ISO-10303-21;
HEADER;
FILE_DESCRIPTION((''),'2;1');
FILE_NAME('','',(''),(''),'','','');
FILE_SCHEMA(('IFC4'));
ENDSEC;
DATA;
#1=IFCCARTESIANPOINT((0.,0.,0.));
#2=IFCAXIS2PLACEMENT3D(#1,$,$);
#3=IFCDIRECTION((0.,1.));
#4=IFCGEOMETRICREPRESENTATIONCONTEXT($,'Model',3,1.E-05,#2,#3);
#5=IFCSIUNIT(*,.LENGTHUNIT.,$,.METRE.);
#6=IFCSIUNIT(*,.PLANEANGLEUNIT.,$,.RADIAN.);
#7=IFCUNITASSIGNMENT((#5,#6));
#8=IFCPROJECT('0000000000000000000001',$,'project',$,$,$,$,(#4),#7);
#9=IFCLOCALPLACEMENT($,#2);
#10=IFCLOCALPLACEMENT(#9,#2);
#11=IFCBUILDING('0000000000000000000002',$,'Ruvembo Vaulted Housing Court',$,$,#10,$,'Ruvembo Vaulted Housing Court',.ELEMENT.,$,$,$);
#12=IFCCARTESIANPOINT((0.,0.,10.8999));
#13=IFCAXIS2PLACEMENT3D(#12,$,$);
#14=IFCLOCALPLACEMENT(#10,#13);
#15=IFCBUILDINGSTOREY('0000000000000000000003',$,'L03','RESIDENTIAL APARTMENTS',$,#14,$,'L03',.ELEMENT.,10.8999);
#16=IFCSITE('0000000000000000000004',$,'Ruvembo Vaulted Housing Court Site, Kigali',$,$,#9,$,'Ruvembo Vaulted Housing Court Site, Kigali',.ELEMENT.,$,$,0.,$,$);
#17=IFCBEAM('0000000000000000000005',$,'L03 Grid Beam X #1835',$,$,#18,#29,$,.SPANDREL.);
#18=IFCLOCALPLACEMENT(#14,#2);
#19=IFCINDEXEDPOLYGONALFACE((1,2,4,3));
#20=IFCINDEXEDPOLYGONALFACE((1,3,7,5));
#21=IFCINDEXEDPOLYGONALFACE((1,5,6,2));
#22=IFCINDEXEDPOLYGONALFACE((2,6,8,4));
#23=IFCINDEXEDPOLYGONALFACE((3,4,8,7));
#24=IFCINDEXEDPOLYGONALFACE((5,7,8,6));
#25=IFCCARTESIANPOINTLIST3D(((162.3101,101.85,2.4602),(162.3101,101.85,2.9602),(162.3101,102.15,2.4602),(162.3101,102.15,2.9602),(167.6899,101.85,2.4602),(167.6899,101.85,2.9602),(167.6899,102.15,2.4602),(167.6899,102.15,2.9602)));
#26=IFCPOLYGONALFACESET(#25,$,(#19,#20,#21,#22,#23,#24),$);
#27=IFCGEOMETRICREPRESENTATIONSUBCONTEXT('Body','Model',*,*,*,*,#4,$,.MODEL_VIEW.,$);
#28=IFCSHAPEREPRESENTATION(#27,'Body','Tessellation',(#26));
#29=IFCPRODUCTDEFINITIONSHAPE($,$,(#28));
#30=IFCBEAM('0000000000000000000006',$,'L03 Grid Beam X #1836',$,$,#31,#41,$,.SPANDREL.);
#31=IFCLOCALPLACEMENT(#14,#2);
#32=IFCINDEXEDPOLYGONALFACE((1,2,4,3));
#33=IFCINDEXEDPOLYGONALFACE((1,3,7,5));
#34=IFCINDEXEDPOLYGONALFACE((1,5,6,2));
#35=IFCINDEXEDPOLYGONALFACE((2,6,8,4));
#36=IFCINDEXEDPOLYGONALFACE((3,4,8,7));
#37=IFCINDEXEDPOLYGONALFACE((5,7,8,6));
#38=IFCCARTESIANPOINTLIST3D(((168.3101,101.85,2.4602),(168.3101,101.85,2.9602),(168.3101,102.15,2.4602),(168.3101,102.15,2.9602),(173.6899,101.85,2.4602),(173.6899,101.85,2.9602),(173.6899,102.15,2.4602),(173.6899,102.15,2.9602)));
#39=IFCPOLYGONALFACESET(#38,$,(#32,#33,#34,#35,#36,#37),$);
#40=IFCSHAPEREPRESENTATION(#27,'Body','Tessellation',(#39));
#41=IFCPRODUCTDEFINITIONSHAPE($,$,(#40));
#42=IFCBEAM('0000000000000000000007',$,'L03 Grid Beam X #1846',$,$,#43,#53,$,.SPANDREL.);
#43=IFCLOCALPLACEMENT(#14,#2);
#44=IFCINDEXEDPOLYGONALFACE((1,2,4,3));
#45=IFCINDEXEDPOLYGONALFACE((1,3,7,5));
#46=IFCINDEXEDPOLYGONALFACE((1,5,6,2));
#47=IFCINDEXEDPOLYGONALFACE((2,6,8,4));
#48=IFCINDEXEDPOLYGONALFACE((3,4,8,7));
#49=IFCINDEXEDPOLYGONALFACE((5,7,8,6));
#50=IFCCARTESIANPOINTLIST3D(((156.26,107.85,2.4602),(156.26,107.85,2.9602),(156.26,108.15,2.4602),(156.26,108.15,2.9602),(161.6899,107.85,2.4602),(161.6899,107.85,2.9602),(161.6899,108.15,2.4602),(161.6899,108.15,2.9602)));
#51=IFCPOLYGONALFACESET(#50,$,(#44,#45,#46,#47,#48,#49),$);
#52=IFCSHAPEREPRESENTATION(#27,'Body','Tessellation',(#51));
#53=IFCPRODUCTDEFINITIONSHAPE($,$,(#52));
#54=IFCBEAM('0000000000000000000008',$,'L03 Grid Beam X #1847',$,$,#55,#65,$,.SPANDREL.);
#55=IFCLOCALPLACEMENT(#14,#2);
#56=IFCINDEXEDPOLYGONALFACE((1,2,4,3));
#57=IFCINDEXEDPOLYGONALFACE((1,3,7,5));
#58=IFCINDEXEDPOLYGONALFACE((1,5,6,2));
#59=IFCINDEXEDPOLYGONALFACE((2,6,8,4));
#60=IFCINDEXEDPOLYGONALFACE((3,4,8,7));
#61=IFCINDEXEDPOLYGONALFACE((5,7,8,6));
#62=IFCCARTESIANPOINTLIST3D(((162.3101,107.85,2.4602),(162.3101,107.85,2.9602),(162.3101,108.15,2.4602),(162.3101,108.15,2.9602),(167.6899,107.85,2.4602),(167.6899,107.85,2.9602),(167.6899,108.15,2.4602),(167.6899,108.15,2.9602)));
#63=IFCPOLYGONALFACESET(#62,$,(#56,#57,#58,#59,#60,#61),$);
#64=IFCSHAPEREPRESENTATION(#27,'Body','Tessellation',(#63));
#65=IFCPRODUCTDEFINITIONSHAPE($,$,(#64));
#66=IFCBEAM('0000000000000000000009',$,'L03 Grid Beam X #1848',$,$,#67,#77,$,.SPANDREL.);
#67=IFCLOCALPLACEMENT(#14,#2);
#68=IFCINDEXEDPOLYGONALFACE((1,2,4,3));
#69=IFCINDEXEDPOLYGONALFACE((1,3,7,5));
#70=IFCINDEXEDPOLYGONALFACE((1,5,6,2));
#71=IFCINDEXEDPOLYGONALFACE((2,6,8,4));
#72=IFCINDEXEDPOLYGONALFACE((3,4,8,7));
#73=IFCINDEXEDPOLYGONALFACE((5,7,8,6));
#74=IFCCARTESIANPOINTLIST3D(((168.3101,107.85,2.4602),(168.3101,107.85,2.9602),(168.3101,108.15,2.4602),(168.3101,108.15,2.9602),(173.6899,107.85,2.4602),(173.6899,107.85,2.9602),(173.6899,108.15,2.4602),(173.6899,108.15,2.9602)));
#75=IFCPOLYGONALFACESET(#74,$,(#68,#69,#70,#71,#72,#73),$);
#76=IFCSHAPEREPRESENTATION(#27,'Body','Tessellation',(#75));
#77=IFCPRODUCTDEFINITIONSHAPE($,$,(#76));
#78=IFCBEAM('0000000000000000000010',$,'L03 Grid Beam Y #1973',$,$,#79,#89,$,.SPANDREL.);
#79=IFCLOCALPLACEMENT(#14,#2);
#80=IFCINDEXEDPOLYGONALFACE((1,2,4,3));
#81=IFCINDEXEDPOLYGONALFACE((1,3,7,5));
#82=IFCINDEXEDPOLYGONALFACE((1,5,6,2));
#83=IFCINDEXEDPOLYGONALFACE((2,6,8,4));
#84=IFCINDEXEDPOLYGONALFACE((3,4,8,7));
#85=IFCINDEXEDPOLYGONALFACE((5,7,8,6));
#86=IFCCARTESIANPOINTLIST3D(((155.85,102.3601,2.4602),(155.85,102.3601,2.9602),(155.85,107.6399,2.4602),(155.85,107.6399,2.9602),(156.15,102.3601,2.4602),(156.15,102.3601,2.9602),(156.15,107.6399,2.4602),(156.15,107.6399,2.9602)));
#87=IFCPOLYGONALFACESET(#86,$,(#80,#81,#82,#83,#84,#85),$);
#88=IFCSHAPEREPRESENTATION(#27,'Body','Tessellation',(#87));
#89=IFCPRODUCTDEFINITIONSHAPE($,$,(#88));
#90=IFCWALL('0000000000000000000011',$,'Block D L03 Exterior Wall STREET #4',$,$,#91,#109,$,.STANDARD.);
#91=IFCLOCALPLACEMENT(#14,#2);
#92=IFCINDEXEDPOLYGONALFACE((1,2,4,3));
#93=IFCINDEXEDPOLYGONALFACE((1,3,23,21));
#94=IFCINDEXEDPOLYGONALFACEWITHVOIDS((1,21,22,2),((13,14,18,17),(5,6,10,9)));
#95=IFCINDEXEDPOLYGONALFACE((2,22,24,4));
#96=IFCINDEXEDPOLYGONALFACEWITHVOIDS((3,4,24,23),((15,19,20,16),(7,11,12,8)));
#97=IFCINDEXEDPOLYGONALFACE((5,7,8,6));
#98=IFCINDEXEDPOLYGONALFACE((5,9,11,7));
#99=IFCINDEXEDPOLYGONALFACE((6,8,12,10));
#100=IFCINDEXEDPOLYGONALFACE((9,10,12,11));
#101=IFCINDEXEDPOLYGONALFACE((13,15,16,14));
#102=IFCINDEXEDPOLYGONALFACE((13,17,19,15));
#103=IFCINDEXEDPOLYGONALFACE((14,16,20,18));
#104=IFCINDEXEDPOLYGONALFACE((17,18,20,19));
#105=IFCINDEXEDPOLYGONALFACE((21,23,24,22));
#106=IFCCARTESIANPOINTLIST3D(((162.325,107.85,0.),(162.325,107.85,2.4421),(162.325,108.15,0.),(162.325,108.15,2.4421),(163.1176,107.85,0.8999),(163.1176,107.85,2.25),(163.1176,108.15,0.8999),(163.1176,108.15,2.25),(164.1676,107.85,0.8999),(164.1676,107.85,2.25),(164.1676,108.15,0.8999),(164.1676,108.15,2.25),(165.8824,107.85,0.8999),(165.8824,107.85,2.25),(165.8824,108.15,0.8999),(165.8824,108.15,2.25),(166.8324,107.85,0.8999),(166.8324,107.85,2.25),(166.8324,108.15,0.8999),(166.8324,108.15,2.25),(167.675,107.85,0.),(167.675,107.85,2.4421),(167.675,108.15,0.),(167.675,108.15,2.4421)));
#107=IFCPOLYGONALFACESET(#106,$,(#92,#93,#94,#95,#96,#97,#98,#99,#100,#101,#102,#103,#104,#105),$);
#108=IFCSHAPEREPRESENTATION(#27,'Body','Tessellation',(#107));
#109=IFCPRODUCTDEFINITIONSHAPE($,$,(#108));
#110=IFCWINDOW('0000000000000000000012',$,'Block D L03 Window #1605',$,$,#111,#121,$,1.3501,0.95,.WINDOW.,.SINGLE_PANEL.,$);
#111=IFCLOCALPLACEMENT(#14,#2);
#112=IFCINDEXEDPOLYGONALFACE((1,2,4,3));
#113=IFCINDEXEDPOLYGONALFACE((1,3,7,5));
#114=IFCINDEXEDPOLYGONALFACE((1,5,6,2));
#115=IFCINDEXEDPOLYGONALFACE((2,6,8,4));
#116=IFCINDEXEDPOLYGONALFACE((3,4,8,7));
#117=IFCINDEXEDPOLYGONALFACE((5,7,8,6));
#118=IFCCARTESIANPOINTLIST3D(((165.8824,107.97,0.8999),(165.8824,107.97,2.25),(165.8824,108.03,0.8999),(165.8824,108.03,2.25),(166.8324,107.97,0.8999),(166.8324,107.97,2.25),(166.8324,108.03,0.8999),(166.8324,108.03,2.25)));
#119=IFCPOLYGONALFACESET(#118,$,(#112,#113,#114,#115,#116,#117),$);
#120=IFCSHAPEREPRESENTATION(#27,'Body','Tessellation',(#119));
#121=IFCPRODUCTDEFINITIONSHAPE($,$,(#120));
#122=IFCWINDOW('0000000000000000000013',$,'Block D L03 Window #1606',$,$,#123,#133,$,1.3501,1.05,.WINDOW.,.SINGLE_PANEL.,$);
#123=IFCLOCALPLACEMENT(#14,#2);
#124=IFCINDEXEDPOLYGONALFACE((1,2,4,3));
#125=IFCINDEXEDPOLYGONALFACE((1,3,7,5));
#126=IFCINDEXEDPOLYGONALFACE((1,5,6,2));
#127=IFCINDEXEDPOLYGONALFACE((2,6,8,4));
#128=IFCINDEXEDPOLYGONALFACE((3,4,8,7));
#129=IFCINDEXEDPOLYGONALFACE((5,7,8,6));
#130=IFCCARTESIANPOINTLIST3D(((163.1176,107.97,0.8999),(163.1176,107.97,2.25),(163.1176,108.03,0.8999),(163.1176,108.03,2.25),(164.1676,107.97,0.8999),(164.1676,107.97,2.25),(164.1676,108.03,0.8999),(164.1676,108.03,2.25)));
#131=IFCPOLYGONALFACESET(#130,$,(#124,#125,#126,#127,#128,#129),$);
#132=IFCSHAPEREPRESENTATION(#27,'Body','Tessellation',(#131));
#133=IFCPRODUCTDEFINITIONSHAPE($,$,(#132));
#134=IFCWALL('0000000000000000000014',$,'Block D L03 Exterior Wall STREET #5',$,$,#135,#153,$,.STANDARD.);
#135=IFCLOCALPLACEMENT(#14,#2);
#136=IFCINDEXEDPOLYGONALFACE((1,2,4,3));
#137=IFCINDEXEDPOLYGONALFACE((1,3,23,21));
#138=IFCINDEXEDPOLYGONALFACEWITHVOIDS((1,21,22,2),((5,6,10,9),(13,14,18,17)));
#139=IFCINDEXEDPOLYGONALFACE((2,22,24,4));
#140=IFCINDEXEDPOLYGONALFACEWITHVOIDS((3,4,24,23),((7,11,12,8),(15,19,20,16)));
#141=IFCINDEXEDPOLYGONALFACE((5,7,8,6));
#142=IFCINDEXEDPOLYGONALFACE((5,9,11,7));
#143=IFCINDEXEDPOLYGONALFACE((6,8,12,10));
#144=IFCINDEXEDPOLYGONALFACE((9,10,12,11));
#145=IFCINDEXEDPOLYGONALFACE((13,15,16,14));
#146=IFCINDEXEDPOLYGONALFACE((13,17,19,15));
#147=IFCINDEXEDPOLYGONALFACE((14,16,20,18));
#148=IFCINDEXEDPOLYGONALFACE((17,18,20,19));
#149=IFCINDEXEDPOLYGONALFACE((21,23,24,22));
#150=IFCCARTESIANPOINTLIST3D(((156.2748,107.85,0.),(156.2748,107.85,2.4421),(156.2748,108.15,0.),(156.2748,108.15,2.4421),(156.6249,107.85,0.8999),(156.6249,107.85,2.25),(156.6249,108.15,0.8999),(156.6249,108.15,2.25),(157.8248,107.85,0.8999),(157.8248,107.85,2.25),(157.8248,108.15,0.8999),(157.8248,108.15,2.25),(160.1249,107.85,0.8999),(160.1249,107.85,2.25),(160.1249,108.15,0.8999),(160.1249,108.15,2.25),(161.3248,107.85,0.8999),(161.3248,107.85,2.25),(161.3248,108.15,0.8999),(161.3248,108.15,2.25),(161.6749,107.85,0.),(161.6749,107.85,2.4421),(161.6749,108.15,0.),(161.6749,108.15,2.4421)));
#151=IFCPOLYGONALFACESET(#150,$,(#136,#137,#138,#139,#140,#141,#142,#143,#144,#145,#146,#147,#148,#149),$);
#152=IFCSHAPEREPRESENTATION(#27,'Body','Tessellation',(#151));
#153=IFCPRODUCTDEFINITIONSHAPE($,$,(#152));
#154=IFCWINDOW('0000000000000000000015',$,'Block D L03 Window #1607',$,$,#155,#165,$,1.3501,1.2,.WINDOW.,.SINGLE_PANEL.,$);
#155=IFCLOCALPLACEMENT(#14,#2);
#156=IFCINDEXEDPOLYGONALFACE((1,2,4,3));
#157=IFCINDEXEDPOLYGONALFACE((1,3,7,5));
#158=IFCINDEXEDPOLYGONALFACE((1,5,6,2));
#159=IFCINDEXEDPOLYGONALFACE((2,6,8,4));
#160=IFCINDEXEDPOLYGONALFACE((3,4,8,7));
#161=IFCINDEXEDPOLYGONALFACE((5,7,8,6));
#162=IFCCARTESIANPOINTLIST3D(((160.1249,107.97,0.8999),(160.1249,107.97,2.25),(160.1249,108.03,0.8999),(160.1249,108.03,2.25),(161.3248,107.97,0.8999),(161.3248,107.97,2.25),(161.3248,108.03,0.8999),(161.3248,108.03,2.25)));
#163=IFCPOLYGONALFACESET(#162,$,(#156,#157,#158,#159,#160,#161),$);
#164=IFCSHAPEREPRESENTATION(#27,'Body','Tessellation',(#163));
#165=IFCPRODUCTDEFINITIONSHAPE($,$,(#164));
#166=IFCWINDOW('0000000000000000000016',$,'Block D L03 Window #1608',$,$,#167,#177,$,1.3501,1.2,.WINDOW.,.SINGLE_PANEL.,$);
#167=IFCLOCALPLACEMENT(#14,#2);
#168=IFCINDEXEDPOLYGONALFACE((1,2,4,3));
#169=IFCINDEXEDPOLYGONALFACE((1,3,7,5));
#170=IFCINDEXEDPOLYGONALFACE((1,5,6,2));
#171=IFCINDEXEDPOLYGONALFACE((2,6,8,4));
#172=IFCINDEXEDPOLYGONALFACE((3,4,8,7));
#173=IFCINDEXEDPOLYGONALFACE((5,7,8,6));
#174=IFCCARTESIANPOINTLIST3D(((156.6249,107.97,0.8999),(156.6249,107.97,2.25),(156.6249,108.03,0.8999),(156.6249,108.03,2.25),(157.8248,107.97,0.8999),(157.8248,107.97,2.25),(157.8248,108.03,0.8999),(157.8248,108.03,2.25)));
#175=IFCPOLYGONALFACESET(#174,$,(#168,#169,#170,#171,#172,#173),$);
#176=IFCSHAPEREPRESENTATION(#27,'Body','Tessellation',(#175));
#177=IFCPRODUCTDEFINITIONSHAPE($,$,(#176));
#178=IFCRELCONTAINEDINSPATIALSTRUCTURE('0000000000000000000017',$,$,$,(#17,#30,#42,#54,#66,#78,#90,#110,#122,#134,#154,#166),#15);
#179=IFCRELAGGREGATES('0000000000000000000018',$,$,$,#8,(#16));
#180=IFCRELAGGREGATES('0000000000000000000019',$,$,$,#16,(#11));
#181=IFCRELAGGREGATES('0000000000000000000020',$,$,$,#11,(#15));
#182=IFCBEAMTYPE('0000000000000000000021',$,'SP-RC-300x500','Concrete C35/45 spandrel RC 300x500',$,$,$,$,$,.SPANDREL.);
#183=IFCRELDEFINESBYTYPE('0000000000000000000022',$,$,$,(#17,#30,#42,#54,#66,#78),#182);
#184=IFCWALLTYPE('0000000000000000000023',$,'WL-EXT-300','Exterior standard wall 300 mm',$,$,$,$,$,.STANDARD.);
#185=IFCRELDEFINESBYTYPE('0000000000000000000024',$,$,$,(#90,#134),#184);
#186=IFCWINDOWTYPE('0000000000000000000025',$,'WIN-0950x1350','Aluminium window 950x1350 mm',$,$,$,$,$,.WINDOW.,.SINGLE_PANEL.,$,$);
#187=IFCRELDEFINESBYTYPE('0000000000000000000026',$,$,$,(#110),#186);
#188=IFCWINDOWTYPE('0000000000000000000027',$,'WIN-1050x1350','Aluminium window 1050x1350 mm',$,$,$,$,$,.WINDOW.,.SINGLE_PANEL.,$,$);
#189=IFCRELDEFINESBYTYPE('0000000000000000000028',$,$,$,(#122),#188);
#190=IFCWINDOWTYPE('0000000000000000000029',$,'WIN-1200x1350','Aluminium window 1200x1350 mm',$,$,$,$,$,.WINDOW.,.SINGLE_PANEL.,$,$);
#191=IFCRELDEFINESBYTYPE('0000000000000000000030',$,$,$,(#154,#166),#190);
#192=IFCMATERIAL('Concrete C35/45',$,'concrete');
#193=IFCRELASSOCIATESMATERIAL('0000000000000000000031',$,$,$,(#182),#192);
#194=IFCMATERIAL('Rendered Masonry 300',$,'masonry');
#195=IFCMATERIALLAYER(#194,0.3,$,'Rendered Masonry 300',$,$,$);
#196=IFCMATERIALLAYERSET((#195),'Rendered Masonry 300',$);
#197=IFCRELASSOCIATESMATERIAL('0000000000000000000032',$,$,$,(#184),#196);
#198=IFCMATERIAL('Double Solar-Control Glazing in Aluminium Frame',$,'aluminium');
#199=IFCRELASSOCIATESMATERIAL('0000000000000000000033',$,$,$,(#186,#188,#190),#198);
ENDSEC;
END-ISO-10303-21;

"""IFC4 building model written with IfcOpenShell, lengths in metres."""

from ifc_helpers import new_model, si_unit, direction, frame, frame_2d, origin, origin_2d, place, context, subcontext, project, spatial, rectangle, extrude, material, layer, layer_set, material_profile, profile_set, type_object, element, fill, save


model = new_model("IFC4")

# Units and contexts
model_context = context("Model", 3, precision=1e-05, world=origin(), true_north=direction((0.0, 1.0)))
body_context = subcontext(model_context, "Body", "Model", "MODEL_VIEW")
ifc_project = project(units=[si_unit("LENGTHUNIT", "METRE"), si_unit("PLANEANGLEUNIT", "RADIAN")], contexts=[model_context])

# Site, building, storey
site_placement = place(None, origin())
site = spatial("IfcSite", under=ifc_project, at=site_placement, Name="Ruvembo Vaulted Housing Court Site, Kigali", LongName="Ruvembo Vaulted Housing Court Site, Kigali", CompositionType="ELEMENT", RefElevation=0.0)
building_placement = place(site_placement, origin())
building = spatial("IfcBuilding", under=site, at=building_placement, Name="Ruvembo Vaulted Housing Court", LongName="Ruvembo Vaulted Housing Court", CompositionType="ELEMENT")
storey_placement = place(building_placement, frame((0.0, 0.0, 10.8999)))
storey = spatial("IfcBuildingStorey", under=building, at=storey_placement, Name="L03", Description="RESIDENTIAL APARTMENTS", LongName="L03", CompositionType="ELEMENT", Elevation=10.8999)

# Beams
ifc_material_1 = material(Name="Concrete C35/45", Category="concrete")
ifc_material_profile_1 = material_profile(ifc_material_1, rectangle(XDim=0.3, YDim=0.5, at=origin_2d()), Name="RC 300x500")
ifc_profile_set_1 = profile_set([ifc_material_profile_1], Name="Concrete C35/45")
beam_type_1 = type_object("IfcBeamType", Name="SP-RC-300x500", Description="Concrete C35/45 spandrel RC 300x500", PredefinedType="SPANDREL", material=ifc_profile_set_1)
for number, where, z_axis, x_axis, name in (
    (1, (162.3101, 102.0, 2.7102), (1.0, 0.0, 0.0), (0.0, 1.0, 0.0), "L03 Grid Beam X #1835"),
    (2, (168.3101, 102.0, 2.7102), (1.0, 0.0, 0.0), (0.0, 1.0, 0.0), "L03 Grid Beam X #1836"),
):
    element("IfcBeam", number, at=place(storey_placement, frame(where, z_axis=z_axis, x_axis=x_axis)), inside=storey, type_object=beam_type_1, Name=name, PredefinedType="SPANDREL", context=body_context, shape_type="SweptSolid", body=[
        extrude(rectangle(XDim=0.3, YDim=0.5, at=origin_2d()), origin(), (0.0, 0.0, 1.0), 5.3799),
    ])
beam_1_placement = place(storey_placement, frame((156.26, 108.0, 2.7102), z_axis=(1.0, 0.0, 0.0), x_axis=(0.0, 1.0, 0.0)))
element("IfcBeam", 3, at=beam_1_placement, inside=storey, type_object=beam_type_1, Name="L03 Grid Beam X #1846", PredefinedType="SPANDREL", context=body_context, shape_type="SweptSolid", body=[
    extrude(rectangle(XDim=0.3, YDim=0.5, at=origin_2d()), origin(), (0.0, 0.0, 1.0), 5.4299),
])
for number, where, z_axis, x_axis, name in (
    (4, (162.3101, 108.0, 2.7102), (1.0, 0.0, 0.0), (0.0, 1.0, 0.0), "L03 Grid Beam X #1847"),
    (5, (168.3101, 108.0, 2.7102), (1.0, 0.0, 0.0), (0.0, 1.0, 0.0), "L03 Grid Beam X #1848"),
):
    element("IfcBeam", number, at=place(storey_placement, frame(where, z_axis=z_axis, x_axis=x_axis)), inside=storey, type_object=beam_type_1, Name=name, PredefinedType="SPANDREL", context=body_context, shape_type="SweptSolid", body=[
        extrude(rectangle(XDim=0.3, YDim=0.5, at=origin_2d()), origin(), (0.0, 0.0, 1.0), 5.3799),
    ])
beam_2_placement = place(storey_placement, frame((156.0, 102.3601, 2.7102), z_axis=(0.0, 1.0, 0.0), x_axis=(-1.0, 0.0, 0.0)))
element("IfcBeam", 6, at=beam_2_placement, inside=storey, type_object=beam_type_1, Name="L03 Grid Beam Y #1973", PredefinedType="SPANDREL", context=body_context, shape_type="SweptSolid", body=[
    extrude(rectangle(XDim=0.3, YDim=0.5, at=origin_2d()), origin(), (0.0, 0.0, 1.0), 5.2798),
])

# Walls, openings, windows
ifc_material_2 = material(Name="Rendered Masonry 300", Category="masonry")
ifc_layer_1 = layer(ifc_material_2, 0.3, Name="Rendered Masonry 300")
ifc_layer_set_1 = layer_set([ifc_layer_1], Name="Rendered Masonry 300")
wall_type_1 = type_object("IfcWallType", Name="WL-EXT-300", Description="Exterior standard wall 300 mm", PredefinedType="STANDARD", material=ifc_layer_set_1)
wall_1_placement = place(storey_placement, frame((167.675, 108.0, 0.0), z_axis=(0.0, 0.0, 1.0), x_axis=(-1.0, 0.0, 0.0)))
wall_1 = element("IfcWall", 7, at=wall_1_placement, inside=storey, type_object=wall_type_1, Name="Block D L03 Exterior Wall STREET #4", PredefinedType="STANDARD", context=body_context, shape_type="SweptSolid", body=[
    extrude(rectangle(XDim=5.3501, YDim=0.3, at=frame_2d((2.675, 0.0))), origin(), (0.0, 0.0, 1.0), 2.4421),
])
opening_1_placement = place(wall_1_placement, frame((0.8425, 0.0, 0.8999)))
opening_1 = element("IfcOpeningElement", 8, at=opening_1_placement, cuts=wall_1, PredefinedType="OPENING", context=body_context, shape_type="SweptSolid", body=[
    extrude(rectangle(XDim=0.95, YDim=1.3501, at=frame_2d((0.4751, 0.675))), frame((0.0, 0.1599, 0.0), z_axis=(0.0, -1.0, 0.0), x_axis=(1.0, 0.0, 0.0)), (0.0, 0.0, 1.0), 0.3201),
])
opening_2_placement = place(wall_1_placement, frame((3.5076, 0.0, 0.8999)))
opening_2 = element("IfcOpeningElement", 9, at=opening_2_placement, cuts=wall_1, PredefinedType="OPENING", context=body_context, shape_type="SweptSolid", body=[
    extrude(rectangle(XDim=1.05, YDim=1.3501, at=frame_2d((0.5249, 0.675))), frame((0.0, 0.1599, 0.0), z_axis=(0.0, -1.0, 0.0), x_axis=(1.0, 0.0, 0.0)), (0.0, 0.0, 1.0), 0.3201),
])
ifc_material_3 = material(Name="Double Solar-Control Glazing in Aluminium Frame", Category="aluminium")
window_type_1 = type_object("IfcWindowType", Name="WIN-0950x1350", Description="Aluminium window 950x1350 mm", PartitioningType="SINGLE_PANEL", PredefinedType="WINDOW", material=ifc_material_3)
window_1_placement = place(opening_1_placement, origin())
window_1 = element("IfcWindow", 10, at=window_1_placement, inside=storey, type_object=window_type_1, Name="Block D L03 Window #1605", OverallHeight=1.3501, OverallWidth=0.95, PartitioningType="SINGLE_PANEL", PredefinedType="WINDOW", context=body_context, shape_type="SweptSolid", body=[
    extrude(rectangle(XDim=0.95, YDim=1.3501, at=frame_2d((0.4751, 0.675))), frame((0.0, 0.03, 0.0), z_axis=(0.0, -1.0, 0.0), x_axis=(1.0, 0.0, 0.0)), (0.0, 0.0, 1.0), 0.0601),
])
fill(opening_1, window_1)
window_type_2 = type_object("IfcWindowType", Name="WIN-1050x1350", Description="Aluminium window 1050x1350 mm", PartitioningType="SINGLE_PANEL", PredefinedType="WINDOW", material=ifc_material_3)
window_2_placement = place(opening_2_placement, origin())
window_2 = element("IfcWindow", 11, at=window_2_placement, inside=storey, type_object=window_type_2, Name="Block D L03 Window #1606", OverallHeight=1.3501, OverallWidth=1.05, PartitioningType="SINGLE_PANEL", PredefinedType="WINDOW", context=body_context, shape_type="SweptSolid", body=[
    extrude(rectangle(XDim=1.05, YDim=1.3501, at=frame_2d((0.5249, 0.675))), frame((0.0, 0.03, 0.0), z_axis=(0.0, -1.0, 0.0), x_axis=(1.0, 0.0, 0.0)), (0.0, 0.0, 1.0), 0.0601),
])
fill(opening_2, window_2)
wall_2_placement = place(storey_placement, frame((161.675, 108.0, 0.0), z_axis=(0.0, 0.0, 1.0), x_axis=(-1.0, 0.0, 0.0)))
wall_2 = element("IfcWall", 12, at=wall_2_placement, inside=storey, type_object=wall_type_1, Name="Block D L03 Exterior Wall STREET #5", PredefinedType="STANDARD", context=body_context, shape_type="SweptSolid", body=[
    extrude(rectangle(XDim=5.4001, YDim=0.3, at=frame_2d((2.7002, 0.0))), origin(), (0.0, 0.0, 1.0), 2.4421),
])
opening_3_placement = place(wall_2_placement, frame((0.3501, 0.0, 0.8999)))
opening_3 = element("IfcOpeningElement", 13, at=opening_3_placement, cuts=wall_2, PredefinedType="OPENING", context=body_context, shape_type="SweptSolid", body=[
    extrude(rectangle(XDim=1.2, YDim=1.3501, at=frame_2d((0.6001, 0.675))), frame((0.0, 0.1599, 0.0), z_axis=(0.0, -1.0, 0.0), x_axis=(1.0, 0.0, 0.0)), (0.0, 0.0, 1.0), 0.3201),
])
opening_4_placement = place(wall_2_placement, frame((3.8501, 0.0, 0.8999)))
opening_4 = element("IfcOpeningElement", 14, at=opening_4_placement, cuts=wall_2, PredefinedType="OPENING", context=body_context, shape_type="SweptSolid", body=[
    extrude(rectangle(XDim=1.2, YDim=1.3501, at=frame_2d((0.6001, 0.675))), frame((0.0, 0.1599, 0.0), z_axis=(0.0, -1.0, 0.0), x_axis=(1.0, 0.0, 0.0)), (0.0, 0.0, 1.0), 0.3201),
])
window_type_3 = type_object("IfcWindowType", Name="WIN-1200x1350", Description="Aluminium window 1200x1350 mm", PartitioningType="SINGLE_PANEL", PredefinedType="WINDOW", material=ifc_material_3)
window_3_placement = place(opening_3_placement, origin())
window_3 = element("IfcWindow", 15, at=window_3_placement, inside=storey, type_object=window_type_3, Name="Block D L03 Window #1607", OverallHeight=1.3501, OverallWidth=1.2, PartitioningType="SINGLE_PANEL", PredefinedType="WINDOW", context=body_context, shape_type="SweptSolid", body=[
    extrude(rectangle(XDim=1.2, YDim=1.3501, at=frame_2d((0.6001, 0.675))), frame((0.0, 0.03, 0.0), z_axis=(0.0, -1.0, 0.0), x_axis=(1.0, 0.0, 0.0)), (0.0, 0.0, 1.0), 0.0601),
])
fill(opening_3, window_3)
window_4_placement = place(opening_4_placement, origin())
window_4 = element("IfcWindow", 16, at=window_4_placement, inside=storey, type_object=window_type_3, Name="Block D L03 Window #1608", OverallHeight=1.3501, OverallWidth=1.2, PartitioningType="SINGLE_PANEL", PredefinedType="WINDOW", context=body_context, shape_type="SweptSolid", body=[
    extrude(rectangle(XDim=1.2, YDim=1.3501, at=frame_2d((0.6001, 0.675))), frame((0.0, 0.03, 0.0), z_axis=(0.0, -1.0, 0.0), x_axis=(1.0, 0.0, 0.0)), (0.0, 0.0, 1.0), 0.0601),
])
fill(opening_4, window_4)

save(model, "model.ifc")
